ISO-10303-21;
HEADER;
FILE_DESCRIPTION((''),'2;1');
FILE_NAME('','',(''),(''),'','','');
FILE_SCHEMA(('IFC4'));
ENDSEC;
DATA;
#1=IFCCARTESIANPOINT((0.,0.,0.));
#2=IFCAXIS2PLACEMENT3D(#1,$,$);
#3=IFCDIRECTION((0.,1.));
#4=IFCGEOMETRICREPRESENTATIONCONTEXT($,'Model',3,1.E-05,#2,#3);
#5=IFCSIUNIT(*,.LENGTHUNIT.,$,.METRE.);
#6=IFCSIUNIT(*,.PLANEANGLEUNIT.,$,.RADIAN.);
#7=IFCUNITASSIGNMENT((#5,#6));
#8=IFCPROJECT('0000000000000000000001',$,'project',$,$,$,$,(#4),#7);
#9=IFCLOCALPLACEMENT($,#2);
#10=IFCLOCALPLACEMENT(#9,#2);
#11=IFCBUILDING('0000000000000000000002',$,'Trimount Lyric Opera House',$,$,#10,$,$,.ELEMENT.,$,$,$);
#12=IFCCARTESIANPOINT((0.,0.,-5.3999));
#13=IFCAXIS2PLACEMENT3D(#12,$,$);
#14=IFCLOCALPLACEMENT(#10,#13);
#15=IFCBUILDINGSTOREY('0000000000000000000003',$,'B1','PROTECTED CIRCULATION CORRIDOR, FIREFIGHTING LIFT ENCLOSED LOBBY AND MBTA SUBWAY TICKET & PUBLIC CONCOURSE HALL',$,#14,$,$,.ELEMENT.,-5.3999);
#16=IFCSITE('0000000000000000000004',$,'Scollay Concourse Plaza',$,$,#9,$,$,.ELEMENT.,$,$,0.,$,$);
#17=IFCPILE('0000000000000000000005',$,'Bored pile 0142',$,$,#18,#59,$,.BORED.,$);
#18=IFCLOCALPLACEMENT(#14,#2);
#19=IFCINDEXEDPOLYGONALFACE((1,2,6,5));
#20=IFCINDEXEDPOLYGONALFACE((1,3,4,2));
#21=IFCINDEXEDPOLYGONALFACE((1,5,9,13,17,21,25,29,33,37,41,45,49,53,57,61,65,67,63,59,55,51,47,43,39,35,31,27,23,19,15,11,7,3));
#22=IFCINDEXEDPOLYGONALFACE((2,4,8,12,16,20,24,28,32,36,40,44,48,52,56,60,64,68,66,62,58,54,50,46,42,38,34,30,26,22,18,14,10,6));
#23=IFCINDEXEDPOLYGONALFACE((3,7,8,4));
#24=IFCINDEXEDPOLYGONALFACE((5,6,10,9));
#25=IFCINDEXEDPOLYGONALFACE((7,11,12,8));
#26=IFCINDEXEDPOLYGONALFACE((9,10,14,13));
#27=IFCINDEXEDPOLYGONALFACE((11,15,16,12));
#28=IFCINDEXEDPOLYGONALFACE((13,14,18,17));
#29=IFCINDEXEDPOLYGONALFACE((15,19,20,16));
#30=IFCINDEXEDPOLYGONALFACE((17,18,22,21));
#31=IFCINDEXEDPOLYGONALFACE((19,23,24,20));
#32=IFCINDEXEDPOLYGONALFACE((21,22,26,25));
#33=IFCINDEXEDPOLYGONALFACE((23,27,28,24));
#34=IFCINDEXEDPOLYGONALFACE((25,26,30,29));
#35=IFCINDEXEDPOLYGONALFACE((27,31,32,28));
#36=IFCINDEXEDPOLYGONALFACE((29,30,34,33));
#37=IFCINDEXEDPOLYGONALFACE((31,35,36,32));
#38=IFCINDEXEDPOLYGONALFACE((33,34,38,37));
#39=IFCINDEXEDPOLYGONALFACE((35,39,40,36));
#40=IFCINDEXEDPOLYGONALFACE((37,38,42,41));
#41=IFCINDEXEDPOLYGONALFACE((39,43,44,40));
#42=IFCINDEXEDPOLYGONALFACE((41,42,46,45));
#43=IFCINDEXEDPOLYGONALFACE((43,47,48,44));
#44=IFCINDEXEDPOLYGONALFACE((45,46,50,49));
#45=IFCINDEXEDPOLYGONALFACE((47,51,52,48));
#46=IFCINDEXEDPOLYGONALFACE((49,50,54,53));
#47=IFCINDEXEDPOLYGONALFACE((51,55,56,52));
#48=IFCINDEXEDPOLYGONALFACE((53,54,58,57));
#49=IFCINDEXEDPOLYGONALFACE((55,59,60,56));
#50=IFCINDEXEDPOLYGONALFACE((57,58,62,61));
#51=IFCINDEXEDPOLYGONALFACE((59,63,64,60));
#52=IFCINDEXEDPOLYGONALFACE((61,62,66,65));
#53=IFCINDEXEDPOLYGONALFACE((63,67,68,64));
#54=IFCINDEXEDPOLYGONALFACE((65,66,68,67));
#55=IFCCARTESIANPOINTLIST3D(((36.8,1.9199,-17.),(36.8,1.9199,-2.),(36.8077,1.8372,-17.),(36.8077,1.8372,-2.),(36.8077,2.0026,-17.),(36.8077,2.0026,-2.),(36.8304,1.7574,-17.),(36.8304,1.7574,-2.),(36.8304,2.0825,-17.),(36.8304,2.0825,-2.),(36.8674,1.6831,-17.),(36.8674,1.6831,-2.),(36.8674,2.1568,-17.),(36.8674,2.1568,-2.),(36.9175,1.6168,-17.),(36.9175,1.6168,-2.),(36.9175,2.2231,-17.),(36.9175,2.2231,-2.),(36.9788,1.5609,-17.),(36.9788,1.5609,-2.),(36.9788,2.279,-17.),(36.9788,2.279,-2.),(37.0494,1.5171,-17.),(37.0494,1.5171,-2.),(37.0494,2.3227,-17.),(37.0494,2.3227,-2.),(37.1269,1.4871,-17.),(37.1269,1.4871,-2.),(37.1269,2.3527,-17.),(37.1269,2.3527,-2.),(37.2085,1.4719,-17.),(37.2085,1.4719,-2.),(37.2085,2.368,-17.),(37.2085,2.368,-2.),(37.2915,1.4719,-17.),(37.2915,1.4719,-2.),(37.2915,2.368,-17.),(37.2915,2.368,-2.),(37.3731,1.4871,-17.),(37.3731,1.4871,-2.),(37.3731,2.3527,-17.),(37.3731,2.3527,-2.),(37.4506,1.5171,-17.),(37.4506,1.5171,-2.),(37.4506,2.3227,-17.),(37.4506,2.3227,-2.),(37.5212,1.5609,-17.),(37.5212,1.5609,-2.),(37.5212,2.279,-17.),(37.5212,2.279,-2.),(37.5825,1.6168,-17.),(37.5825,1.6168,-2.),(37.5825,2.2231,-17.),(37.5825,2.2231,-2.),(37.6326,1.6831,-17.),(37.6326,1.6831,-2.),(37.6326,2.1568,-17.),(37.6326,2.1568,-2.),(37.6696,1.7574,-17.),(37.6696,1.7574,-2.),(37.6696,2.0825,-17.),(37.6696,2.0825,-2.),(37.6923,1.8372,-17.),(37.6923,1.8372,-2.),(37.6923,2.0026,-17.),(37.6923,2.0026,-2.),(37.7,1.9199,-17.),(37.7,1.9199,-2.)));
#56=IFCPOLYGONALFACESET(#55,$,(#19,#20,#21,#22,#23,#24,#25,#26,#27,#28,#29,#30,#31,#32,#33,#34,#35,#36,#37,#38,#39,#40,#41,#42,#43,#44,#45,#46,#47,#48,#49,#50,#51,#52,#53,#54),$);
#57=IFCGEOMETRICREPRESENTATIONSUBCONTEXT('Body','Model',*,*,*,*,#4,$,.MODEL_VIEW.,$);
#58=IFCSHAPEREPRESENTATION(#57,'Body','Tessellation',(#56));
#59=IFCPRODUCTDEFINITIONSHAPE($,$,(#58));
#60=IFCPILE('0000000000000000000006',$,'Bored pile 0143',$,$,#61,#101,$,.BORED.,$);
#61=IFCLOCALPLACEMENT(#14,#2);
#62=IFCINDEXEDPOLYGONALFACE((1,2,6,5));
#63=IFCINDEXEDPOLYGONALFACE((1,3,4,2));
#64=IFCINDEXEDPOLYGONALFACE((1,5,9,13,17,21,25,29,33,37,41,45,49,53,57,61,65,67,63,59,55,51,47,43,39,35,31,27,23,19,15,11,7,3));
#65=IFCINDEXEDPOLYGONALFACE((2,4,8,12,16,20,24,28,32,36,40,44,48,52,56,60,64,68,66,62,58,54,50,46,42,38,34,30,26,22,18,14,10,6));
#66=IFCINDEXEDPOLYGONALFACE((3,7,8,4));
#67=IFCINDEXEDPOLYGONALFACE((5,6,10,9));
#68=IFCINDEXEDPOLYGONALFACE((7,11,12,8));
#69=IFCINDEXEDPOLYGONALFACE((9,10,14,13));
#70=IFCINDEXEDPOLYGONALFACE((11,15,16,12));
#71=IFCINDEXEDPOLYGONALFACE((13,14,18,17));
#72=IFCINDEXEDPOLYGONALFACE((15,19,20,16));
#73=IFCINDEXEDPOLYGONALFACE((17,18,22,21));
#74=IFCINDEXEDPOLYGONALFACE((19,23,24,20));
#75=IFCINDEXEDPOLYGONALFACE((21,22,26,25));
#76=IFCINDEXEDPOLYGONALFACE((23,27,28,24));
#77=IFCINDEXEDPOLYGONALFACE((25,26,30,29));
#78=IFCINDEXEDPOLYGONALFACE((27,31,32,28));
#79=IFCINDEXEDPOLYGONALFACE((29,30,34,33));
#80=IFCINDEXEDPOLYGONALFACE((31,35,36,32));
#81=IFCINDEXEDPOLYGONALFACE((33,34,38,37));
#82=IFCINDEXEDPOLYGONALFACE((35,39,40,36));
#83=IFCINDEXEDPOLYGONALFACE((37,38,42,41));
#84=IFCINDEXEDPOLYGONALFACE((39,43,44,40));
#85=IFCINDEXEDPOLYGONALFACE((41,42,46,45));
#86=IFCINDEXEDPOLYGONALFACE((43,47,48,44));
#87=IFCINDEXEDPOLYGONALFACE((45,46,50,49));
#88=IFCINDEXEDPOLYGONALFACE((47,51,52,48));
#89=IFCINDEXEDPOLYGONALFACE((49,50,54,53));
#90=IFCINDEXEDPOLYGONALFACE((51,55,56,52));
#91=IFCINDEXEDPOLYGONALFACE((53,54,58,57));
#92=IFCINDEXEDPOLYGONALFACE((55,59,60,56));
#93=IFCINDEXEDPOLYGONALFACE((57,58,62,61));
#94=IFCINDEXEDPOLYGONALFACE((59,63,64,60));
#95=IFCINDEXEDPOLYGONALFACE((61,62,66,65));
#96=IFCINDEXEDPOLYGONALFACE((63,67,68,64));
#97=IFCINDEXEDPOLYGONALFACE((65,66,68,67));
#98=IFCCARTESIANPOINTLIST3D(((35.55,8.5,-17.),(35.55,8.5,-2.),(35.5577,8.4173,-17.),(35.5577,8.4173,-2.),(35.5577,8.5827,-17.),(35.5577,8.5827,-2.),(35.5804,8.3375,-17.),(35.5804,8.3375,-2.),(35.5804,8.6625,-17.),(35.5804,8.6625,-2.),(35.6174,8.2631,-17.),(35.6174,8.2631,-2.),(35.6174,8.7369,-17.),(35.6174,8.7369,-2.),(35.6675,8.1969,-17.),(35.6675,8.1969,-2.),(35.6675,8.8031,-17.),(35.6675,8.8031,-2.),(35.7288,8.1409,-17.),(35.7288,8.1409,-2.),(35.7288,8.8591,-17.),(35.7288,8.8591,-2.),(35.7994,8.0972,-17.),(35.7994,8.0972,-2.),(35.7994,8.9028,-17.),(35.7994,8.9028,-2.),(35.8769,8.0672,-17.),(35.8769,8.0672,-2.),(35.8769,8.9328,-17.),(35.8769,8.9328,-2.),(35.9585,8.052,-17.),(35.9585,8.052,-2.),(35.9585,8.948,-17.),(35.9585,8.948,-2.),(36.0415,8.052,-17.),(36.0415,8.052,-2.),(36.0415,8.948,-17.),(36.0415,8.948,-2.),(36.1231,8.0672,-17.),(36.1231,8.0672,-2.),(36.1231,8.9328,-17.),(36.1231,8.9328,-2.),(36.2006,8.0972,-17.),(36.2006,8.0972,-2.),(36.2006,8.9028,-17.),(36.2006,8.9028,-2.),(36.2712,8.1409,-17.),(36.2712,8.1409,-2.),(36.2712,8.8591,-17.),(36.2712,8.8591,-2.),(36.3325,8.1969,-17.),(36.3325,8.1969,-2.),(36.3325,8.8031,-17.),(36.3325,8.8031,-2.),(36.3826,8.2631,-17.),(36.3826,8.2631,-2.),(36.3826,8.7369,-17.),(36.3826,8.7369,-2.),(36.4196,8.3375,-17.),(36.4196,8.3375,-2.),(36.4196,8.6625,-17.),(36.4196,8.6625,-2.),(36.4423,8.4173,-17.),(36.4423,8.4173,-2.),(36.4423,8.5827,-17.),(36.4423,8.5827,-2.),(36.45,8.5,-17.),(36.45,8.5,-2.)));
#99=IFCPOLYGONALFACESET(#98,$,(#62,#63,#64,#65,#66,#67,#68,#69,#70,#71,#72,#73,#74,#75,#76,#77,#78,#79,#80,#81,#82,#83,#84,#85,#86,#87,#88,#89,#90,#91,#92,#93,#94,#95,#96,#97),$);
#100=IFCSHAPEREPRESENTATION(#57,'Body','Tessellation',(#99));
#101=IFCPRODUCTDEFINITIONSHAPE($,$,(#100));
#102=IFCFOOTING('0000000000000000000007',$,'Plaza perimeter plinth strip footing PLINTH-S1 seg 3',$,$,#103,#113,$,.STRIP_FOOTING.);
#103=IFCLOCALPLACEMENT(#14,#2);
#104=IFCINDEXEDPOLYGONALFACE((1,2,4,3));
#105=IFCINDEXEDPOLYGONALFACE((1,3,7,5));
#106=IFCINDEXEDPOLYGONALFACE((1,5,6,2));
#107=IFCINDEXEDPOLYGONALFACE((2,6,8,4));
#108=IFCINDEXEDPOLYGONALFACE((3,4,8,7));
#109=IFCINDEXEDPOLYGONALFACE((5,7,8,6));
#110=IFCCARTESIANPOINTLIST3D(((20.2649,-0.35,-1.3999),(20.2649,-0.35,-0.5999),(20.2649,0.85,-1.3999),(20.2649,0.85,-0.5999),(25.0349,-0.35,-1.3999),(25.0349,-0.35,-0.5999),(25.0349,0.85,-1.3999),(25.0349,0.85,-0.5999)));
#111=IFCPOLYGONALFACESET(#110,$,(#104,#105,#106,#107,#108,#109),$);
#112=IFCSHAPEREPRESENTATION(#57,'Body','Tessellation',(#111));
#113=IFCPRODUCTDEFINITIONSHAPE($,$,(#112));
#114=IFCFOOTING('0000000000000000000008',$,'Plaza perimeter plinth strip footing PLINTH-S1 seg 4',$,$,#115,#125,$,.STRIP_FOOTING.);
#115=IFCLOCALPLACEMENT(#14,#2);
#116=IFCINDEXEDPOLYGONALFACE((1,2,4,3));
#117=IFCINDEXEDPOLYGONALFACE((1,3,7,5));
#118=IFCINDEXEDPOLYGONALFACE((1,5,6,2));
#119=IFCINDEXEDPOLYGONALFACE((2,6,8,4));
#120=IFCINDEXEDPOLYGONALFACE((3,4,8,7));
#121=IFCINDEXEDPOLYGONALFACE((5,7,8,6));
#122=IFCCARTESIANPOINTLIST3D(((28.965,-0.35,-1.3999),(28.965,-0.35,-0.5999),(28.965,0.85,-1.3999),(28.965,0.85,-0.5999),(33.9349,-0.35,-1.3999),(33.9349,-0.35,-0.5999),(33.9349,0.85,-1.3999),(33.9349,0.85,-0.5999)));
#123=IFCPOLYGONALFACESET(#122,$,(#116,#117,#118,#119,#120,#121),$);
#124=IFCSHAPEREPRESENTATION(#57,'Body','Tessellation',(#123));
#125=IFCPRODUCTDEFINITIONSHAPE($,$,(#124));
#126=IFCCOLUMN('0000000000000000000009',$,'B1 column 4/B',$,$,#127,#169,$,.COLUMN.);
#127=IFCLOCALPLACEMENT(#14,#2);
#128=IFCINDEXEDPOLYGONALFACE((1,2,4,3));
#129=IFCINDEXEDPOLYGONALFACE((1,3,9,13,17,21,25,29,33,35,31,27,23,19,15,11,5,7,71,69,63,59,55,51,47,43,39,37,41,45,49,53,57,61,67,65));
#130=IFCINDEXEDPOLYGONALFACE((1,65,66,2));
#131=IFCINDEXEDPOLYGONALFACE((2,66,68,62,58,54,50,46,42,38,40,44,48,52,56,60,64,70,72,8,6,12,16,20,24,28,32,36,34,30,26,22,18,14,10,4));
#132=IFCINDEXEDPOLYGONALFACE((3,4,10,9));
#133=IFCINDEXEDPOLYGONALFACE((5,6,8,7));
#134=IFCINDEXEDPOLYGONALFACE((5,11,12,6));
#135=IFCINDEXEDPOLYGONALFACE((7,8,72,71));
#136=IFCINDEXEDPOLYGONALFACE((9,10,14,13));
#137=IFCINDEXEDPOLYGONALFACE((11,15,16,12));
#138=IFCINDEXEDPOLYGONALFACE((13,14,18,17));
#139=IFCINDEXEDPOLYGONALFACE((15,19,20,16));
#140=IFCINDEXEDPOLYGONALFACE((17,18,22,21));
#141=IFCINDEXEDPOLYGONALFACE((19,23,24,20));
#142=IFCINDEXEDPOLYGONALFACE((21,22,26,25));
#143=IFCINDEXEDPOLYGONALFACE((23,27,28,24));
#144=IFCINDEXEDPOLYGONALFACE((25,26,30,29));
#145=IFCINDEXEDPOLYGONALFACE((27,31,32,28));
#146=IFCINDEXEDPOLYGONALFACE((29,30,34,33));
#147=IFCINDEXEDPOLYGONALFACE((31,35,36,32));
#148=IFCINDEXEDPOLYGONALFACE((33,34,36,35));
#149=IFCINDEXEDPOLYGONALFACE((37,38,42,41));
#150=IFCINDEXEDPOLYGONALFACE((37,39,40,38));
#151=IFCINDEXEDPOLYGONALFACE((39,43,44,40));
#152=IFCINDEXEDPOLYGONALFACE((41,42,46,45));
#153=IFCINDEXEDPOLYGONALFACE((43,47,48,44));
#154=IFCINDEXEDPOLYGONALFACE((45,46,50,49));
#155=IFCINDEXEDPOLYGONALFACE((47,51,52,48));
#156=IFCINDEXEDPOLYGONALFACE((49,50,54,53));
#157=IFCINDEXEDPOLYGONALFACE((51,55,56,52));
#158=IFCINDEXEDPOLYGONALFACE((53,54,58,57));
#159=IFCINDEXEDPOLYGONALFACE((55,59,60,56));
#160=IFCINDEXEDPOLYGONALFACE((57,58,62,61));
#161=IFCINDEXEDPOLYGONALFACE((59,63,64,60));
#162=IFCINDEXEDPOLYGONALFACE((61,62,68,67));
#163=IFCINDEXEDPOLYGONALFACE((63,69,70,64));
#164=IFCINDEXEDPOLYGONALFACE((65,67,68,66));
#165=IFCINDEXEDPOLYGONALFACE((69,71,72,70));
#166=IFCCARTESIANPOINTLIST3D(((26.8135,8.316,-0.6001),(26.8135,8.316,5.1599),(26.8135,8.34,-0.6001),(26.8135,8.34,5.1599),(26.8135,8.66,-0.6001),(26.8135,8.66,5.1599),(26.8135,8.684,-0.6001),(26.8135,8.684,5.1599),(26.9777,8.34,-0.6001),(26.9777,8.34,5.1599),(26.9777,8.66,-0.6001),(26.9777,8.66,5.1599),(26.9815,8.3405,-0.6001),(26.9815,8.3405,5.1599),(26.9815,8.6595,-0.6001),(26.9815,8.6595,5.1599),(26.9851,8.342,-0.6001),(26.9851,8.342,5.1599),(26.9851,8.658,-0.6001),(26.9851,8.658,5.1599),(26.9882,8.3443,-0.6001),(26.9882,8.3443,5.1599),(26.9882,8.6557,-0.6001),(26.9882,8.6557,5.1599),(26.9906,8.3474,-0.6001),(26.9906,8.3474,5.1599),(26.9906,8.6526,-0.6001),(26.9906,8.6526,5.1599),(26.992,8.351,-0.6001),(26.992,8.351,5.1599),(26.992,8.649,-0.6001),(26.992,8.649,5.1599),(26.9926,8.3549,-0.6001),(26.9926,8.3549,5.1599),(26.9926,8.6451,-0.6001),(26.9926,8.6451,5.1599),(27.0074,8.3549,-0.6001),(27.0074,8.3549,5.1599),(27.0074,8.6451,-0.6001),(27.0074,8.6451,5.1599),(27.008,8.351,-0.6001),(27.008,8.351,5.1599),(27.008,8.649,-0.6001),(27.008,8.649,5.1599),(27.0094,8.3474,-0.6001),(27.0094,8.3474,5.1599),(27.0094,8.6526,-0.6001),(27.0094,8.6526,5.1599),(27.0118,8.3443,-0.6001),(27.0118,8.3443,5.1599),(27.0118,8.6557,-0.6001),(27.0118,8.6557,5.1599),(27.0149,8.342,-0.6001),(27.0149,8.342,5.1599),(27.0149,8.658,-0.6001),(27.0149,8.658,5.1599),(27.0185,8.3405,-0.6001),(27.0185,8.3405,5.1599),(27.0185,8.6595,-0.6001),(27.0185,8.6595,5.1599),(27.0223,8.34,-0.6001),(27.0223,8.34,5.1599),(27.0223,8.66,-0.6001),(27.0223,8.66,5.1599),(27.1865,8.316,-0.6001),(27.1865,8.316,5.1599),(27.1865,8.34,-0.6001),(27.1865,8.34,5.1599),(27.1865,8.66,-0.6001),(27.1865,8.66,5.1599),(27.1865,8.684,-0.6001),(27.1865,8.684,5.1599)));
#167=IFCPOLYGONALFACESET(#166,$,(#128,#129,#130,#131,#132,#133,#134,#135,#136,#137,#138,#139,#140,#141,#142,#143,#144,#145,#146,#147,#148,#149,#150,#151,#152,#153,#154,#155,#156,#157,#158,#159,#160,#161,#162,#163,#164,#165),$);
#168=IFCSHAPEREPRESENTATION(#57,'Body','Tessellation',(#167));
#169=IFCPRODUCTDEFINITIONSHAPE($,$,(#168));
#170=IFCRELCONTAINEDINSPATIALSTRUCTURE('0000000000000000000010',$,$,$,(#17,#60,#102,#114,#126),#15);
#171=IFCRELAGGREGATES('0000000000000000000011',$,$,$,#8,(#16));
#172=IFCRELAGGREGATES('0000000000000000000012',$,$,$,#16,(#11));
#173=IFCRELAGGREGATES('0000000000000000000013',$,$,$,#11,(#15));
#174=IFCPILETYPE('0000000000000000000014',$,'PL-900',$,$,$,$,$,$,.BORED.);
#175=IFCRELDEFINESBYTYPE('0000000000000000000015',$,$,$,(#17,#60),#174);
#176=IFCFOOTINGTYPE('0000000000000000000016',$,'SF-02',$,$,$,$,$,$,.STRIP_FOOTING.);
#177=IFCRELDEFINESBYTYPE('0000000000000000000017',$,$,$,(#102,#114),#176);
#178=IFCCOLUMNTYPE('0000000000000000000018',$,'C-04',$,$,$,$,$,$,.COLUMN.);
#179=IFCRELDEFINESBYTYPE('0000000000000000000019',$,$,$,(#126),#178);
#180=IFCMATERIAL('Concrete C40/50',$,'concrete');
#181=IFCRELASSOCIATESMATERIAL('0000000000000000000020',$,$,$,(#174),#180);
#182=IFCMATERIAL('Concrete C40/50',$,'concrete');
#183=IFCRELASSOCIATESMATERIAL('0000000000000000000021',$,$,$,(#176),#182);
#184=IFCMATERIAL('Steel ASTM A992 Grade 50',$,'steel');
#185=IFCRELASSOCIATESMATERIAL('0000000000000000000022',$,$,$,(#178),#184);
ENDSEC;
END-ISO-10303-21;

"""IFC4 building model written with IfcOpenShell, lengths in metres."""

from ifc_helpers import new_model, si_unit, direction, frame, origin, origin_2d, place, context, subcontext, project, spatial, rectangle, circle, i_section, extrude, material, material_profile, profile_set, type_object, element, save


model = new_model("IFC4")

# Units and contexts
model_context = context("Model", 3, precision=1e-05, world=origin(), true_north=direction((0.0, 1.0)))
body_context = subcontext(model_context, "Body", "Model", "MODEL_VIEW")
ifc_project = project(units=[si_unit("LENGTHUNIT", "METRE"), si_unit("PLANEANGLEUNIT", "RADIAN")], contexts=[model_context])

# Site, building, storey
site_placement = place(None, origin())
site = spatial("IfcSite", under=ifc_project, at=site_placement, Name="Scollay Concourse Plaza", CompositionType="ELEMENT", RefElevation=0.0)
building_placement = place(site_placement, origin())
building = spatial("IfcBuilding", under=site, at=building_placement, Name="Trimount Lyric Opera House", CompositionType="ELEMENT")
storey_placement = place(building_placement, frame((0.0, 0.0, -5.3999)))
storey = spatial("IfcBuildingStorey", under=building, at=storey_placement, Name="B1", Description="PROTECTED CIRCULATION CORRIDOR, FIREFIGHTING LIFT ENCLOSED LOBBY AND MBTA SUBWAY TICKET & PUBLIC CONCOURSE HALL", CompositionType="ELEMENT", Elevation=-5.3999)

# Piles
ifc_material_1 = material(Name="Concrete C40/50", Category="concrete")
ifc_material_profile_1 = material_profile(ifc_material_1, circle(Radius=0.45, at=origin_2d()), Name="PILE-D900")
ifc_profile_set_1 = profile_set([ifc_material_profile_1], Name="Concrete C40/50")
pile_type_1 = type_object("IfcPileType", Name="PL-900", PredefinedType="BORED", material=ifc_profile_set_1)
for number, where, z_axis, x_axis, name in (
    (1, (37.25, 1.9199, -2.0), (0.0, 0.0, -1.0), (1.0, 0.0, 0.0), "Bored pile 0142"),
    (2, (36.0, 8.5, -2.0), (0.0, 0.0, -1.0), (1.0, 0.0, 0.0), "Bored pile 0143"),
):
    element("IfcPile", number, at=place(storey_placement, frame(where, z_axis=z_axis, x_axis=x_axis)), inside=storey, type_object=pile_type_1, Name=name, PredefinedType="BORED", context=body_context, shape_type="SweptSolid", body=[
        extrude(circle(Radius=0.45, at=origin_2d()), origin(), (0.0, 0.0, 1.0), 15.0),
    ])

# Footings
ifc_material_2 = material(Name="Concrete C40/50", Category="concrete")
footing_type_1 = type_object("IfcFootingType", Name="SF-02", PredefinedType="STRIP_FOOTING", material=ifc_material_2)
footing_1_placement = place(storey_placement, frame((22.6499, 0.25, -1.3999), z_axis=(0.0, 0.0, 1.0), x_axis=(1.0, 0.0, 0.0)))
element("IfcFooting", 3, at=footing_1_placement, inside=storey, type_object=footing_type_1, Name="Plaza perimeter plinth strip footing PLINTH-S1 seg 3", PredefinedType="STRIP_FOOTING", context=body_context, shape_type="SweptSolid", body=[
    extrude(rectangle(XDim=4.77, YDim=1.2, at=origin_2d()), origin(), (0.0, 0.0, 1.0), 0.8),
])
footing_2_placement = place(storey_placement, frame((31.45, 0.25, -1.3999), z_axis=(0.0, 0.0, 1.0), x_axis=(1.0, 0.0, 0.0)))
element("IfcFooting", 4, at=footing_2_placement, inside=storey, type_object=footing_type_1, Name="Plaza perimeter plinth strip footing PLINTH-S1 seg 4", PredefinedType="STRIP_FOOTING", context=body_context, shape_type="SweptSolid", body=[
    extrude(rectangle(XDim=4.97, YDim=1.2, at=origin_2d()), origin(), (0.0, 0.0, 1.0), 0.8),
])

# Column
ifc_material_3 = material(Name="Steel ASTM A992 Grade 50", Category="steel")
ifc_material_profile_2 = material_profile(ifc_material_3, i_section(OverallWidth=0.373, OverallDepth=0.3679, WebThickness=0.0149, FlangeThickness=0.0239, FilletRadius=0.0149, at=origin_2d()), Name="W14X120")
ifc_profile_set_2 = profile_set([ifc_material_profile_2], Name="Steel ASTM A992 Grade 50")
column_type_1 = type_object("IfcColumnType", Name="C-04", PredefinedType="COLUMN", material=ifc_profile_set_2)
for number, where, z_axis, x_axis, name in (
    (5, (27.0, 8.5, -0.6001), (0.0, 0.0, 1.0), (1.0, 0.0, 0.0), "B1 column 4/B"),
):
    element("IfcColumn", number, at=place(storey_placement, frame(where, z_axis=z_axis, x_axis=x_axis)), inside=storey, type_object=column_type_1, Name=name, PredefinedType="COLUMN", context=body_context, shape_type="SweptSolid", body=[
        extrude(i_section(OverallWidth=0.373, OverallDepth=0.3679, WebThickness=0.0149, FlangeThickness=0.0239, FilletRadius=0.0149, at=origin_2d()), origin(), (0.0, 0.0, 1.0), 5.76),
    ])

save(model, "model.ifc")
